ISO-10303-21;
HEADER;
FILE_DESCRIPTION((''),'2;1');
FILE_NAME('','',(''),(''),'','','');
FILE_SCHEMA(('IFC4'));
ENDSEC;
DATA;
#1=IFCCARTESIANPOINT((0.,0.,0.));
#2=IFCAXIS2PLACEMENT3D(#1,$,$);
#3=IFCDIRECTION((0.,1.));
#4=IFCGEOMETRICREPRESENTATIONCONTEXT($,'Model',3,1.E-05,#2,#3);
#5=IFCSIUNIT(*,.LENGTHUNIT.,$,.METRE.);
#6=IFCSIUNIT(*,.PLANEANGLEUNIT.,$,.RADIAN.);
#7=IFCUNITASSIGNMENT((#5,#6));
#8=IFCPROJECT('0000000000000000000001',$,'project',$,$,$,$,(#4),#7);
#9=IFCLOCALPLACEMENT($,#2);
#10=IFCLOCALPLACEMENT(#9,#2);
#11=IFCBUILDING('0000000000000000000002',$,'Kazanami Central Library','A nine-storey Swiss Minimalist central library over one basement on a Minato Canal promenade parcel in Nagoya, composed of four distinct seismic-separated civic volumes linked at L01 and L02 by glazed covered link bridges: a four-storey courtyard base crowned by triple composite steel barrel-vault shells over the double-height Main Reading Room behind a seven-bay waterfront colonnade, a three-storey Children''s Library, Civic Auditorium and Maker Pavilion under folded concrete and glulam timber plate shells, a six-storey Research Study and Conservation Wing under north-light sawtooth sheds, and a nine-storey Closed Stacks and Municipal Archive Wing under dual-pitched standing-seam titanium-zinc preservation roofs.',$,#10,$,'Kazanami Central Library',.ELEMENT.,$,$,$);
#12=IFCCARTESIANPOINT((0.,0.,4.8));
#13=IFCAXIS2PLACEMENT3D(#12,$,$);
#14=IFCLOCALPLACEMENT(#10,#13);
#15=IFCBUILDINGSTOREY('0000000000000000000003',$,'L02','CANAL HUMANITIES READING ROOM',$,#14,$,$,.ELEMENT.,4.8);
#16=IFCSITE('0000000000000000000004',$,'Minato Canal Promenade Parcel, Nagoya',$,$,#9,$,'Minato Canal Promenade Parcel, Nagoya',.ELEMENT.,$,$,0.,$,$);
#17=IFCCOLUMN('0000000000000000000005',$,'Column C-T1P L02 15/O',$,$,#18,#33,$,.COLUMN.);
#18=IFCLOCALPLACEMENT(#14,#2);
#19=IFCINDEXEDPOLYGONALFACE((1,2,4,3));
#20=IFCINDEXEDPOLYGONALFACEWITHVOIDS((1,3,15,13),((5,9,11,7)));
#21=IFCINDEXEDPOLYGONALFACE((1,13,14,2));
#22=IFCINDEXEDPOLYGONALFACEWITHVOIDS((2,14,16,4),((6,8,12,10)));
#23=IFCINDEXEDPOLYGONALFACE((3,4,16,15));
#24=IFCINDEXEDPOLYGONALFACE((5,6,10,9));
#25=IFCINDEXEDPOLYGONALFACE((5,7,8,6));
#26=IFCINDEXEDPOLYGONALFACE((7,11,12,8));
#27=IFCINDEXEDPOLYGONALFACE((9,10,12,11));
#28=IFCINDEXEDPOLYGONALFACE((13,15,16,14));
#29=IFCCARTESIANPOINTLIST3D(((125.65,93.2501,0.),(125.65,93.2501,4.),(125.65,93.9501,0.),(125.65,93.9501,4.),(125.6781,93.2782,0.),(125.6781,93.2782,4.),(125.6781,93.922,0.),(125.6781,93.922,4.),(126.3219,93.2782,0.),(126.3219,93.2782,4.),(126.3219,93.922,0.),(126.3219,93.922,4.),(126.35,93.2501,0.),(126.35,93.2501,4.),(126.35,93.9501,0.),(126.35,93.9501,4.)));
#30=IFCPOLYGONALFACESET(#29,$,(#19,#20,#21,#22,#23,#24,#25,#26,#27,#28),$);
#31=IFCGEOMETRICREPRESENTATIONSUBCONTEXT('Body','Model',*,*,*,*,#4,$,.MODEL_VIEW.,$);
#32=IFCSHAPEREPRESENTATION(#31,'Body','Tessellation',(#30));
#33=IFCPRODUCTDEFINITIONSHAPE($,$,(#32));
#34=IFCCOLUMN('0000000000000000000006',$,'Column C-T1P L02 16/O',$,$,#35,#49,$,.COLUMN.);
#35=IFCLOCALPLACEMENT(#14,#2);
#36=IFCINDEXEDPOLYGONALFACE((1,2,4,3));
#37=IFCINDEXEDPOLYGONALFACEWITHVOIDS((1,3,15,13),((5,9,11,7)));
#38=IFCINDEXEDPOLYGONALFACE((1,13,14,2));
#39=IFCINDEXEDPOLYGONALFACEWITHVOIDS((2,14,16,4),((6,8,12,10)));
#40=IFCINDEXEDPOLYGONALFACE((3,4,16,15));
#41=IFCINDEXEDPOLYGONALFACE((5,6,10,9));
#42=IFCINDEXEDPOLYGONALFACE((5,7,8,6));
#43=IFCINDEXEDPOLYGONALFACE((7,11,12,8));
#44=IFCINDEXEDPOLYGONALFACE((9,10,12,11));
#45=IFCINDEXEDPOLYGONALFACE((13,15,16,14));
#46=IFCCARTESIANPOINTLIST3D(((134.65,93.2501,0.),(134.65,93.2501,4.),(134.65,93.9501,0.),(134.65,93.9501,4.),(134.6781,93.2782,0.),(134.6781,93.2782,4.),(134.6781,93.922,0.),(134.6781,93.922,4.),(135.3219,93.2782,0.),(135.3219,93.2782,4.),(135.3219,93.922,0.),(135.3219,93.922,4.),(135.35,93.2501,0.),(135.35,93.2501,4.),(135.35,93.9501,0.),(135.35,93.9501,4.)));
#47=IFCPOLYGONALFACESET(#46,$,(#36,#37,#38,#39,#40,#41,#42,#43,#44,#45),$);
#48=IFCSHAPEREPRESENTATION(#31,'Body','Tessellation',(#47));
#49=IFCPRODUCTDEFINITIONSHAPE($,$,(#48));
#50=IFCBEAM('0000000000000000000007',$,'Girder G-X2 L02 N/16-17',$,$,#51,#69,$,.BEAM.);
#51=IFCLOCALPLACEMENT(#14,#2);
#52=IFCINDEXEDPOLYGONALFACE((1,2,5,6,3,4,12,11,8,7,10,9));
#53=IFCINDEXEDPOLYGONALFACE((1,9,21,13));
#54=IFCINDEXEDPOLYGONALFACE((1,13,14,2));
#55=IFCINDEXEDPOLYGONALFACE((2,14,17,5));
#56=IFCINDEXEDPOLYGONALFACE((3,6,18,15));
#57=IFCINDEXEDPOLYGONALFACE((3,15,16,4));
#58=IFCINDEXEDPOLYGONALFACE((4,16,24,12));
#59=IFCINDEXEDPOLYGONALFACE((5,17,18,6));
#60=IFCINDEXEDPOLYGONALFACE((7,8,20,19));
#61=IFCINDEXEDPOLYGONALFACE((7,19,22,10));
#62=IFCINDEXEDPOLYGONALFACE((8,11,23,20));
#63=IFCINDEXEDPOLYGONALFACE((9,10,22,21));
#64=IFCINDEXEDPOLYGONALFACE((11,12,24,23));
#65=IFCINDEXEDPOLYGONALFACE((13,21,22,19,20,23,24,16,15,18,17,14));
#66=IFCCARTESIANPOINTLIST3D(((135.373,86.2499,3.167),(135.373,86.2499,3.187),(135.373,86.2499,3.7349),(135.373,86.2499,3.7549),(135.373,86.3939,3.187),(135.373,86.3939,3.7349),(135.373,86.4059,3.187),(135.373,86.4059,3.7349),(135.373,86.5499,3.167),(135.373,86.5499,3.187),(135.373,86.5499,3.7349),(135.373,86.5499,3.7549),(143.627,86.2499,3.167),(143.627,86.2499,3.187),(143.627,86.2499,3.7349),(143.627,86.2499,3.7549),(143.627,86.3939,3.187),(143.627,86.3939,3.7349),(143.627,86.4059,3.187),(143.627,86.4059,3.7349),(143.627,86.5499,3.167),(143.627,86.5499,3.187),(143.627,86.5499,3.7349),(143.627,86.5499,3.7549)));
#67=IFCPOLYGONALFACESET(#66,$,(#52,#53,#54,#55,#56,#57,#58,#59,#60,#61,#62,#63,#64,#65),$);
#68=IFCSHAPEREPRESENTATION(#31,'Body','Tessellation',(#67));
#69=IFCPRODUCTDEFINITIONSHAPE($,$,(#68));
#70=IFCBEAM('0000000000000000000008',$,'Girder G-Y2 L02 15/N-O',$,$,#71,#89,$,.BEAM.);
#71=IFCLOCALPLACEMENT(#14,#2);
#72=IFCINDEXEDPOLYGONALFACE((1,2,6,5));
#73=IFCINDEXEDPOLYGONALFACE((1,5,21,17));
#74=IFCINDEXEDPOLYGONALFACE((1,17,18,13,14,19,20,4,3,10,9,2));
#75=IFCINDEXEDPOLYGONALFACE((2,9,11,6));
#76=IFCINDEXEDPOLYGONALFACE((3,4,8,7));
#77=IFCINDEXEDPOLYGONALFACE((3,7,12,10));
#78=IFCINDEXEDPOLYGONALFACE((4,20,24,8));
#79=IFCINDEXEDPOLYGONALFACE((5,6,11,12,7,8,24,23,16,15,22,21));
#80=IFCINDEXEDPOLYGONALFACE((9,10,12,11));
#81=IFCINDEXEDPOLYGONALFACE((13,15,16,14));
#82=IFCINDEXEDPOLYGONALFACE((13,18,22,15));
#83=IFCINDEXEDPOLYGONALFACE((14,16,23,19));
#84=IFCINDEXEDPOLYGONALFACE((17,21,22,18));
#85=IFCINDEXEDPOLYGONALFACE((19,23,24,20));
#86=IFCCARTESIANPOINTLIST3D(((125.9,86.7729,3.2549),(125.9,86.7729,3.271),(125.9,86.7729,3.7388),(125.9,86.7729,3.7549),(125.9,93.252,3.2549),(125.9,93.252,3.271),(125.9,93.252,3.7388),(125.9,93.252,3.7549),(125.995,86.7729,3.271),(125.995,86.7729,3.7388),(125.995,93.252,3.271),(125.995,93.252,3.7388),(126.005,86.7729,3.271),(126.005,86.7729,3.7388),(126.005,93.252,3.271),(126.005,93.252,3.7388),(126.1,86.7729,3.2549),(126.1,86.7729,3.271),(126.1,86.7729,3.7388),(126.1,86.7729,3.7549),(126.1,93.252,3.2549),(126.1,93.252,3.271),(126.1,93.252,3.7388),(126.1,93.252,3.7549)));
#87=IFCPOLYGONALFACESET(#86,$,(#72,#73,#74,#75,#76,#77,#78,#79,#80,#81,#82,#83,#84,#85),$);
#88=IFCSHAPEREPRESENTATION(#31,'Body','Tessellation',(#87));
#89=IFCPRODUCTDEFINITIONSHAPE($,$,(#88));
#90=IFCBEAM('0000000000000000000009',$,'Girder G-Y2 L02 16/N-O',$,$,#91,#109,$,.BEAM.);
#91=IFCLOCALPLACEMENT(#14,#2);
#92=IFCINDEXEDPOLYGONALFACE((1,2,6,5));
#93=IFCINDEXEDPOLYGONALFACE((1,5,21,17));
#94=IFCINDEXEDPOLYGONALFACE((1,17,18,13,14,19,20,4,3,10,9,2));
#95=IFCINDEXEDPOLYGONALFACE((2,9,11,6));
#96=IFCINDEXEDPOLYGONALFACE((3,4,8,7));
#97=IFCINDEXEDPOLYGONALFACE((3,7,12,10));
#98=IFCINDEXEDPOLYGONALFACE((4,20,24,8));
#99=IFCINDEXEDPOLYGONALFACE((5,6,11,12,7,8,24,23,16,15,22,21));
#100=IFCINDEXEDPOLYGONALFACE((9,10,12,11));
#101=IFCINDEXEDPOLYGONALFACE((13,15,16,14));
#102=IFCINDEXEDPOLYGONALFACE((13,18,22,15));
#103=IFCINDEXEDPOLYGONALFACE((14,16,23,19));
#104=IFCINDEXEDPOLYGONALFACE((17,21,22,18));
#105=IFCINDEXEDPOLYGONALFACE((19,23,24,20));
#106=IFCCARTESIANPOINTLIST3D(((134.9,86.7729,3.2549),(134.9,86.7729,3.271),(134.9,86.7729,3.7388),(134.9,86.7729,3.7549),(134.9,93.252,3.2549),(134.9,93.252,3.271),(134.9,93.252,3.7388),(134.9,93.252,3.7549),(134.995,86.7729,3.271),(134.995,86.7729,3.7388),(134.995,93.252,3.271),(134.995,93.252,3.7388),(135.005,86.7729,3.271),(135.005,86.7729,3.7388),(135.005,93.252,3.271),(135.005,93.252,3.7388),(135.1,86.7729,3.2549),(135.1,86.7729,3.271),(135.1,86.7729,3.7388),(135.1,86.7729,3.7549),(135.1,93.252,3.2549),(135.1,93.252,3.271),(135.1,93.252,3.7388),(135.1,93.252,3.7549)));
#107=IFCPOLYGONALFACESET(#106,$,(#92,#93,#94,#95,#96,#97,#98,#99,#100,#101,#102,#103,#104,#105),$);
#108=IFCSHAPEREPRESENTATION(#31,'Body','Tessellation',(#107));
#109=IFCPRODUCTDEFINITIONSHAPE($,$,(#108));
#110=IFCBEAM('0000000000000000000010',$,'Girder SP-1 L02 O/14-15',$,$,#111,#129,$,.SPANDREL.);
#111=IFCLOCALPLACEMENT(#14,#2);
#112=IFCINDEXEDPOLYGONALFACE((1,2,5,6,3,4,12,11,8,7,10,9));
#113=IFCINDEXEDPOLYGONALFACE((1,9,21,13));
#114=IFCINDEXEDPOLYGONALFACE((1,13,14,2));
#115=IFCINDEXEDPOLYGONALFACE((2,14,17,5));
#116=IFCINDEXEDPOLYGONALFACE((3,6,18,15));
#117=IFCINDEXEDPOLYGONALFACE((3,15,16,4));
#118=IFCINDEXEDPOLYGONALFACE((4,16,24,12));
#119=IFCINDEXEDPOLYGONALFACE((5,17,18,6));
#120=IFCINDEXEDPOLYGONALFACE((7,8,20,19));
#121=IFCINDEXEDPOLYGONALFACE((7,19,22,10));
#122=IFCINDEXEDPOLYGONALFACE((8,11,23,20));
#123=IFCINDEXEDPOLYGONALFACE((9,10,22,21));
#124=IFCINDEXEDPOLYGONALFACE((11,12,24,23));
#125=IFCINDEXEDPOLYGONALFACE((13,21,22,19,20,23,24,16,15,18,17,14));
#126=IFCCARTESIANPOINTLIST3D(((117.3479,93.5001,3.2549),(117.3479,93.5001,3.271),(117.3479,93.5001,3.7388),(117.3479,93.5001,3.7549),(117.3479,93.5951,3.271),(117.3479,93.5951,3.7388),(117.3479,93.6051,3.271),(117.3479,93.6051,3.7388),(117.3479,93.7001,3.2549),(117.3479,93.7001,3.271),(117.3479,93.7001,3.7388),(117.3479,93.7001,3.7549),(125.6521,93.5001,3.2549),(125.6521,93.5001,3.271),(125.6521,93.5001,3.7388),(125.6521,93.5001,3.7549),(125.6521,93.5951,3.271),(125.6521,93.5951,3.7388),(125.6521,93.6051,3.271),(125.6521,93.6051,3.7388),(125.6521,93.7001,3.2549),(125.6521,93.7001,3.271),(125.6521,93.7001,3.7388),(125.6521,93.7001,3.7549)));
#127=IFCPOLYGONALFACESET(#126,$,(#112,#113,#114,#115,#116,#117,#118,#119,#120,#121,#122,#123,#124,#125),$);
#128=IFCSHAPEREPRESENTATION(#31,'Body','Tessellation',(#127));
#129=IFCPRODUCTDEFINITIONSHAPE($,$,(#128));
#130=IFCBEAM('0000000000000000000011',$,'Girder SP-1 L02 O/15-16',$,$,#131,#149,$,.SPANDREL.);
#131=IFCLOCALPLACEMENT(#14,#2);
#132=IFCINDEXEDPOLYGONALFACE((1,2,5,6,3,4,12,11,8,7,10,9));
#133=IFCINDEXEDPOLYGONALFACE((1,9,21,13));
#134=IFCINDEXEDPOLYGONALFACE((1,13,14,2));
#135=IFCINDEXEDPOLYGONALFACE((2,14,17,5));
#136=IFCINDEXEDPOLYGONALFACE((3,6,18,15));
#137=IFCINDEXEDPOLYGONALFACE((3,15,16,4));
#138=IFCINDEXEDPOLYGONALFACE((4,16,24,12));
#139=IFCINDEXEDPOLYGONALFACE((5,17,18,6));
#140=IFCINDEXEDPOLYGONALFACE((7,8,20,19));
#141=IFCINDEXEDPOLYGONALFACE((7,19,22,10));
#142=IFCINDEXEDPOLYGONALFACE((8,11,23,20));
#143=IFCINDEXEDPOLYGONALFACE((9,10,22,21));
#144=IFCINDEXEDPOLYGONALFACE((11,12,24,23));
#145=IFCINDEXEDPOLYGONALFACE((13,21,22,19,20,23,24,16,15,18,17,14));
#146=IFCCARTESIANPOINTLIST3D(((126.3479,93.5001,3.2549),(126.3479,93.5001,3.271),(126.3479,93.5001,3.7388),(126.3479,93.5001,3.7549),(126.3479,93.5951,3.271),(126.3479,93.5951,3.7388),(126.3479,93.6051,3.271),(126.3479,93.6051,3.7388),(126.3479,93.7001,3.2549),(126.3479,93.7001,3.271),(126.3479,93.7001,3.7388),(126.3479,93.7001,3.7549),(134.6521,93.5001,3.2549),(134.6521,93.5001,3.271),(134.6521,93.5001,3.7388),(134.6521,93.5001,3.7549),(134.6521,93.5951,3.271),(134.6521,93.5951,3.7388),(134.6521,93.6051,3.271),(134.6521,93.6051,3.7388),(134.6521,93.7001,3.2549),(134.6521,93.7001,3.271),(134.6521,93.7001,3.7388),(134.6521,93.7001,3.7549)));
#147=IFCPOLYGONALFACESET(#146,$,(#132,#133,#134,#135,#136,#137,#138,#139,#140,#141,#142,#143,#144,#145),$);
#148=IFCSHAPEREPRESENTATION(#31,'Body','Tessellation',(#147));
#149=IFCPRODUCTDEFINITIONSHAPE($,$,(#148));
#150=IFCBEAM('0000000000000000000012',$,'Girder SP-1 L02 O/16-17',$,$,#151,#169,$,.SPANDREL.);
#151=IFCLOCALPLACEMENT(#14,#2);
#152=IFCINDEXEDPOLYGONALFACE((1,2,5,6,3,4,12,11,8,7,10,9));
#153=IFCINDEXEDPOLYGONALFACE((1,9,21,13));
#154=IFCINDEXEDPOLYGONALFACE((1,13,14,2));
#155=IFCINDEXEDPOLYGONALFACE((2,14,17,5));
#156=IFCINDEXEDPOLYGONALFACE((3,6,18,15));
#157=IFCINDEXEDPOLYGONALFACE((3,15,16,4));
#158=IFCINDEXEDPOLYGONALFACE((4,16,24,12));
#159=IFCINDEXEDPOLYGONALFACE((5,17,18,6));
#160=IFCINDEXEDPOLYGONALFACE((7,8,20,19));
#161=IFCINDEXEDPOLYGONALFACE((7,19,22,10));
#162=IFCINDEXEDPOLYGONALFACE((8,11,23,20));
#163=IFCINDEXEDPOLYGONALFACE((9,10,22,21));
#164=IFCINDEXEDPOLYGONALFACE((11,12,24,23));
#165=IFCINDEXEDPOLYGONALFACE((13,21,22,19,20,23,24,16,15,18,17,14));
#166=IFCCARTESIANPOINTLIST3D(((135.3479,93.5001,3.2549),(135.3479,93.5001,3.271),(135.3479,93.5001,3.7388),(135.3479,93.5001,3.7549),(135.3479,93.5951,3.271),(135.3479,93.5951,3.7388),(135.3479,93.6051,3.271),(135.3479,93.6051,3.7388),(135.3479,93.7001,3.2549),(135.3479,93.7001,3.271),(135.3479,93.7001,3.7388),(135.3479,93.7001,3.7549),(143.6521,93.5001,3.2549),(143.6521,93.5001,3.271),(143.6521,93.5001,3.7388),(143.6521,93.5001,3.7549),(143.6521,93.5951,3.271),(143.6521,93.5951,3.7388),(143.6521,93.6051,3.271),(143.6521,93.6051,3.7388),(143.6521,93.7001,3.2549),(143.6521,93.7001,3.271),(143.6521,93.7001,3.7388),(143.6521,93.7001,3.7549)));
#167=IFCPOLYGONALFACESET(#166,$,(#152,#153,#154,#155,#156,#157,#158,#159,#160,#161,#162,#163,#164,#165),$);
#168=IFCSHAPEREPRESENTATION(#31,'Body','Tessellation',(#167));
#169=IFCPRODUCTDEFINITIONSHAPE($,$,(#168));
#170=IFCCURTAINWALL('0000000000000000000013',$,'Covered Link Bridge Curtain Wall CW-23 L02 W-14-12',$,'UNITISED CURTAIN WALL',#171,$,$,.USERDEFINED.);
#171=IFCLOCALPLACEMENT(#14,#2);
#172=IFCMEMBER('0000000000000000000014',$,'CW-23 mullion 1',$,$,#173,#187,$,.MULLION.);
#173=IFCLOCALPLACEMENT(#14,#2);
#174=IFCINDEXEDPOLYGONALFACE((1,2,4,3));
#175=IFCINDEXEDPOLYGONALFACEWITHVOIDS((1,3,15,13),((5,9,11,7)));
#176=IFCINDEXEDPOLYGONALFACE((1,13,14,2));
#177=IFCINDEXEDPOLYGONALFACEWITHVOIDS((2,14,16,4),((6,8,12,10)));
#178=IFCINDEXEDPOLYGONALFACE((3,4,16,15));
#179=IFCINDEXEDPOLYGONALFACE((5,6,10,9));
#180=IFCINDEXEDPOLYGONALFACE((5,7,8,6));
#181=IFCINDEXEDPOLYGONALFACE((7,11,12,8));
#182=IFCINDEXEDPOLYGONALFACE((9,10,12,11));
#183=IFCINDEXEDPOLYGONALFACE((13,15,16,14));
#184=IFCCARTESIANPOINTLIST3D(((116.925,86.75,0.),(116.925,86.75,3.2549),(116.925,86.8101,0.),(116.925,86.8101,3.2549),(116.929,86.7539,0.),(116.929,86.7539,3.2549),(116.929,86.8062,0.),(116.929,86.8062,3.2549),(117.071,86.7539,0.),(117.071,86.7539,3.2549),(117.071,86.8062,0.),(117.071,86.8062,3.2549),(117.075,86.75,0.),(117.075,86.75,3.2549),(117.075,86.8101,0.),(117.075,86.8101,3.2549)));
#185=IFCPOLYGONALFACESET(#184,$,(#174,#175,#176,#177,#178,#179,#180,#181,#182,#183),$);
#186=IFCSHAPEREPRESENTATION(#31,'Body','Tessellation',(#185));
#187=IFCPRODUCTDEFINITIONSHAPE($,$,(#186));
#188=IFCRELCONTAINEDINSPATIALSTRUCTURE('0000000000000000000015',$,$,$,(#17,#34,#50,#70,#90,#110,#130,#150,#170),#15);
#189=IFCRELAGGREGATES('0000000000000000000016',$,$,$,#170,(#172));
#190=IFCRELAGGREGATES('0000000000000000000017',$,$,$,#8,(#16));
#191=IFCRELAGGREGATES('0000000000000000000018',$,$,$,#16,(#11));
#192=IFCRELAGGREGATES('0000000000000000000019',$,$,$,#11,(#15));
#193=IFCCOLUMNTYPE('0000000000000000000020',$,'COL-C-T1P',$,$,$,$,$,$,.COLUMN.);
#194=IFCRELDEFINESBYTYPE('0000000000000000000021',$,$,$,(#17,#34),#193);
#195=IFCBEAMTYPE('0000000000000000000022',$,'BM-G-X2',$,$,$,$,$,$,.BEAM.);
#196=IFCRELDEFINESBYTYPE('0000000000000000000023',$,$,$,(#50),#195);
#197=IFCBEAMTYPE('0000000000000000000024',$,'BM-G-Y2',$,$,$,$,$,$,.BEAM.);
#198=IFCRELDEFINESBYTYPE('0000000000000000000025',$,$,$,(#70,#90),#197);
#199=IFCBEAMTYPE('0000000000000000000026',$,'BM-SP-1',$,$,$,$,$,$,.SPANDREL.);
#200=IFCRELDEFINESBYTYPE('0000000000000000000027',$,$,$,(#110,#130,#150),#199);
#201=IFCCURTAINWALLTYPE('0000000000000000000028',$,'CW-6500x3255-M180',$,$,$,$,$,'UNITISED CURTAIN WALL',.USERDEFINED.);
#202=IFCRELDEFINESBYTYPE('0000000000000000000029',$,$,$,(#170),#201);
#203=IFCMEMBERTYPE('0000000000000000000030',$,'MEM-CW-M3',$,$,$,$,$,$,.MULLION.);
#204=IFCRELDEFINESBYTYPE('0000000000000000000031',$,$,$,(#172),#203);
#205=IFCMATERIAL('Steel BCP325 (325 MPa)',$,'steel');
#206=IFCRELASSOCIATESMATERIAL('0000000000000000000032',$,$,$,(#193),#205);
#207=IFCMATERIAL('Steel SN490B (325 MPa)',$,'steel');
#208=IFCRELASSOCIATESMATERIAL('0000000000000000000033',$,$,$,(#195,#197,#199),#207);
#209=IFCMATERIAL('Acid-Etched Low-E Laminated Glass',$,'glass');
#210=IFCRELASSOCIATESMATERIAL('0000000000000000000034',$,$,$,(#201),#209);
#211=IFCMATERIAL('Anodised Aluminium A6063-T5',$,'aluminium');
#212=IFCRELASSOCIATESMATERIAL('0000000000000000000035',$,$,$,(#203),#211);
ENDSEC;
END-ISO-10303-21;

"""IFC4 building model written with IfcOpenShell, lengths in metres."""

from ifc_helpers import new_model, si_unit, direction, frame, origin, origin_2d, place, context, subcontext, project, spatial, hollow_rectangle, i_section, extrude, material, material_profile, profile_set, type_object, element, aggregate, save


model = new_model("IFC4")

# Units and contexts
model_context = context("Model", 3, precision=1e-05, world=origin(), true_north=direction((0.0, 1.0)))
body_context = subcontext(model_context, "Body", "Model", "MODEL_VIEW")
ifc_project = project(units=[si_unit("LENGTHUNIT", "METRE"), si_unit("PLANEANGLEUNIT", "RADIAN")], contexts=[model_context])

# Site, building, storey
site_placement = place(None, origin())
site = spatial("IfcSite", under=ifc_project, at=site_placement, Name="Minato Canal Promenade Parcel, Nagoya", LongName="Minato Canal Promenade Parcel, Nagoya", CompositionType="ELEMENT", RefElevation=0.0)
building_placement = place(site_placement, origin())
building = spatial("IfcBuilding", under=site, at=building_placement, Name="Kazanami Central Library", Description="A nine-storey Swiss Minimalist central library over one basement on a Minato Canal promenade parcel in Nagoya, composed of four distinct seismic-separated civic volumes linked at L01 and L02 by glazed covered link bridges: a four-storey courtyard base crowned by triple composite steel barrel-vault shells over the double-height Main Reading Room behind a seven-bay waterfront colonnade, a three-storey Children's Library, Civic Auditorium and Maker Pavilion under folded concrete and glulam timber plate shells, a six-storey Research Study and Conservation Wing under north-light sawtooth sheds, and a nine-storey Closed Stacks and Municipal Archive Wing under dual-pitched standing-seam titanium-zinc preservation roofs.", LongName="Kazanami Central Library", CompositionType="ELEMENT")
storey_placement = place(building_placement, frame((0.0, 0.0, 4.8)))
storey = spatial("IfcBuildingStorey", under=building, at=storey_placement, Name="L02", Description="CANAL HUMANITIES READING ROOM", CompositionType="ELEMENT", Elevation=4.8)

# Columns
ifc_material_1 = material(Name="Steel BCP325 (325 MPa)", Category="steel")
ifc_material_profile_1 = material_profile(ifc_material_1, hollow_rectangle(XDim=0.7, YDim=0.7, WallThickness=0.0281, at=origin_2d()), Name="BCP-700x700x28")
ifc_profile_set_1 = profile_set([ifc_material_profile_1], Name="Steel BCP325 (325 MPa)")
column_type = type_object("IfcColumnType", Name="COL-C-T1P", PredefinedType="COLUMN", material=ifc_profile_set_1)
for number, where, z_axis, x_axis, name in (
    (1, (126.0, 93.6001, 0.0), (0.0, 0.0, 1.0), (1.0, 0.0, 0.0), "Column C-T1P L02 15/O"),
    (2, (135.0, 93.6001, 0.0), (0.0, 0.0, 1.0), (1.0, 0.0, 0.0), "Column C-T1P L02 16/O"),
):
    element("IfcColumn", number, at=place(storey_placement, frame(where, z_axis=z_axis, x_axis=x_axis)), inside=storey, type_object=column_type, Name=name, PredefinedType="COLUMN", context=body_context, shape_type="SweptSolid", body=[
        extrude(hollow_rectangle(XDim=0.7, YDim=0.7, WallThickness=0.0281, at=origin_2d()), origin(), (0.0, 0.0, 1.0), 4.0),
    ])

# Beams
ifc_material_2 = material(Name="Steel SN490B (325 MPa)", Category="steel")
ifc_material_profile_2 = material_profile(ifc_material_2, i_section(OverallWidth=0.3, OverallDepth=0.5879, WebThickness=0.012, FlangeThickness=0.02, at=origin_2d()), Name="H-588x300x12x20")
ifc_profile_set_2 = profile_set([ifc_material_profile_2], Name="Steel SN490B (325 MPa)")
beam_type_1 = type_object("IfcBeamType", Name="BM-G-X2", PredefinedType="BEAM", material=ifc_profile_set_2)
beam_placement = place(storey_placement, frame((135.373, 86.3999, 3.4609), z_axis=(1.0, 0.0, 0.0), x_axis=(0.0, 1.0, 0.0)))
element("IfcBeam", 3, at=beam_placement, inside=storey, type_object=beam_type_1, Name="Girder G-X2 L02 N/16-17", PredefinedType="BEAM", context=body_context, shape_type="SweptSolid", body=[
    extrude(i_section(OverallWidth=0.3, OverallDepth=0.5879, WebThickness=0.012, FlangeThickness=0.02, at=origin_2d()), origin(), (0.0, 0.0, 1.0), 8.2539),
])
ifc_material_profile_3 = material_profile(ifc_material_2, i_section(OverallWidth=0.2, OverallDepth=0.5, WebThickness=0.01, FlangeThickness=0.0161, at=origin_2d()), Name="H-500x200x10x16")
ifc_profile_set_3 = profile_set([ifc_material_profile_3], Name="Steel SN490B (325 MPa)")
beam_type_2 = type_object("IfcBeamType", Name="BM-G-Y2", PredefinedType="BEAM", material=ifc_profile_set_3)
for number, where, z_axis, x_axis, name in (
    (4, (126.0, 86.7729, 3.5049), (0.0, 1.0, 0.0), (-1.0, 0.0, 0.0), "Girder G-Y2 L02 15/N-O"),
    (5, (135.0, 86.7729, 3.5049), (0.0, 1.0, 0.0), (-1.0, 0.0, 0.0), "Girder G-Y2 L02 16/N-O"),
):
    element("IfcBeam", number, at=place(storey_placement, frame(where, z_axis=z_axis, x_axis=x_axis)), inside=storey, type_object=beam_type_2, Name=name, PredefinedType="BEAM", context=body_context, shape_type="SweptSolid", body=[
        extrude(i_section(OverallWidth=0.2, OverallDepth=0.5, WebThickness=0.01, FlangeThickness=0.0161, at=origin_2d()), origin(), (0.0, 0.0, 1.0), 6.479),
    ])
ifc_material_profile_4 = material_profile(ifc_material_2, i_section(OverallWidth=0.2, OverallDepth=0.5, WebThickness=0.01, FlangeThickness=0.0161, at=origin_2d()), Name="H-500x200x10x16")
ifc_profile_set_4 = profile_set([ifc_material_profile_4], Name="Steel SN490B (325 MPa)")
beam_type_3 = type_object("IfcBeamType", Name="BM-SP-1", PredefinedType="SPANDREL", material=ifc_profile_set_4)
for number, where, z_axis, x_axis, name in (
    (6, (117.3479, 93.6001, 3.5049), (1.0, 0.0, 0.0), (0.0, 1.0, 0.0), "Girder SP-1 L02 O/14-15"),
    (7, (126.3479, 93.6001, 3.5049), (1.0, 0.0, 0.0), (0.0, 1.0, 0.0), "Girder SP-1 L02 O/15-16"),
    (8, (135.3479, 93.6001, 3.5049), (1.0, 0.0, 0.0), (0.0, 1.0, 0.0), "Girder SP-1 L02 O/16-17"),
):
    element("IfcBeam", number, at=place(storey_placement, frame(where, z_axis=z_axis, x_axis=x_axis)), inside=storey, type_object=beam_type_3, Name=name, PredefinedType="SPANDREL", context=body_context, shape_type="SweptSolid", body=[
        extrude(i_section(OverallWidth=0.2, OverallDepth=0.5, WebThickness=0.01, FlangeThickness=0.0161, at=origin_2d()), origin(), (0.0, 0.0, 1.0), 8.3042),
    ])

# Curtain wall, member
ifc_material_3 = material(Name="Acid-Etched Low-E Laminated Glass", Category="glass")
curtain_wall_type = type_object("IfcCurtainWallType", Name="CW-6500x3255-M180", ElementType="UNITISED CURTAIN WALL", PredefinedType="USERDEFINED", material=ifc_material_3)
curtain_wall_placement = place(storey_placement, origin())
curtain_wall = element("IfcCurtainWall", 9, at=curtain_wall_placement, inside=storey, type_object=curtain_wall_type, Name="Covered Link Bridge Curtain Wall CW-23 L02 W-14-12", ObjectType="UNITISED CURTAIN WALL", PredefinedType="USERDEFINED")
ifc_material_4 = material(Name="Anodised Aluminium A6063-T5", Category="aluminium")
ifc_material_profile_5 = material_profile(ifc_material_4, hollow_rectangle(XDim=0.0601, YDim=0.1499, WallThickness=0.0039, at=origin_2d()), Name="ALU-MULL-60x150x4")
ifc_profile_set_5 = profile_set([ifc_material_profile_5], Name="Anodised Aluminium A6063-T5")
member_type_1 = type_object("IfcMemberType", Name="MEM-CW-M3", PredefinedType="MULLION", material=ifc_profile_set_5)
member_1_placement = place(storey_placement, frame((117.0, 86.78, 0.0), z_axis=(0.0, 0.0, 1.0), x_axis=(0.0, 1.0, 0.0)))
member_1 = element("IfcMember", 10, at=member_1_placement, type_object=member_type_1, Name="CW-23 mullion 1", PredefinedType="MULLION", context=body_context, shape_type="SweptSolid", body=[
    extrude(hollow_rectangle(XDim=0.0601, YDim=0.1499, WallThickness=0.0039, at=origin_2d()), origin(), (0.0, 0.0, 1.0), 3.2549),
])
aggregate(curtain_wall, [member_1])

save(model, "model.ifc")
